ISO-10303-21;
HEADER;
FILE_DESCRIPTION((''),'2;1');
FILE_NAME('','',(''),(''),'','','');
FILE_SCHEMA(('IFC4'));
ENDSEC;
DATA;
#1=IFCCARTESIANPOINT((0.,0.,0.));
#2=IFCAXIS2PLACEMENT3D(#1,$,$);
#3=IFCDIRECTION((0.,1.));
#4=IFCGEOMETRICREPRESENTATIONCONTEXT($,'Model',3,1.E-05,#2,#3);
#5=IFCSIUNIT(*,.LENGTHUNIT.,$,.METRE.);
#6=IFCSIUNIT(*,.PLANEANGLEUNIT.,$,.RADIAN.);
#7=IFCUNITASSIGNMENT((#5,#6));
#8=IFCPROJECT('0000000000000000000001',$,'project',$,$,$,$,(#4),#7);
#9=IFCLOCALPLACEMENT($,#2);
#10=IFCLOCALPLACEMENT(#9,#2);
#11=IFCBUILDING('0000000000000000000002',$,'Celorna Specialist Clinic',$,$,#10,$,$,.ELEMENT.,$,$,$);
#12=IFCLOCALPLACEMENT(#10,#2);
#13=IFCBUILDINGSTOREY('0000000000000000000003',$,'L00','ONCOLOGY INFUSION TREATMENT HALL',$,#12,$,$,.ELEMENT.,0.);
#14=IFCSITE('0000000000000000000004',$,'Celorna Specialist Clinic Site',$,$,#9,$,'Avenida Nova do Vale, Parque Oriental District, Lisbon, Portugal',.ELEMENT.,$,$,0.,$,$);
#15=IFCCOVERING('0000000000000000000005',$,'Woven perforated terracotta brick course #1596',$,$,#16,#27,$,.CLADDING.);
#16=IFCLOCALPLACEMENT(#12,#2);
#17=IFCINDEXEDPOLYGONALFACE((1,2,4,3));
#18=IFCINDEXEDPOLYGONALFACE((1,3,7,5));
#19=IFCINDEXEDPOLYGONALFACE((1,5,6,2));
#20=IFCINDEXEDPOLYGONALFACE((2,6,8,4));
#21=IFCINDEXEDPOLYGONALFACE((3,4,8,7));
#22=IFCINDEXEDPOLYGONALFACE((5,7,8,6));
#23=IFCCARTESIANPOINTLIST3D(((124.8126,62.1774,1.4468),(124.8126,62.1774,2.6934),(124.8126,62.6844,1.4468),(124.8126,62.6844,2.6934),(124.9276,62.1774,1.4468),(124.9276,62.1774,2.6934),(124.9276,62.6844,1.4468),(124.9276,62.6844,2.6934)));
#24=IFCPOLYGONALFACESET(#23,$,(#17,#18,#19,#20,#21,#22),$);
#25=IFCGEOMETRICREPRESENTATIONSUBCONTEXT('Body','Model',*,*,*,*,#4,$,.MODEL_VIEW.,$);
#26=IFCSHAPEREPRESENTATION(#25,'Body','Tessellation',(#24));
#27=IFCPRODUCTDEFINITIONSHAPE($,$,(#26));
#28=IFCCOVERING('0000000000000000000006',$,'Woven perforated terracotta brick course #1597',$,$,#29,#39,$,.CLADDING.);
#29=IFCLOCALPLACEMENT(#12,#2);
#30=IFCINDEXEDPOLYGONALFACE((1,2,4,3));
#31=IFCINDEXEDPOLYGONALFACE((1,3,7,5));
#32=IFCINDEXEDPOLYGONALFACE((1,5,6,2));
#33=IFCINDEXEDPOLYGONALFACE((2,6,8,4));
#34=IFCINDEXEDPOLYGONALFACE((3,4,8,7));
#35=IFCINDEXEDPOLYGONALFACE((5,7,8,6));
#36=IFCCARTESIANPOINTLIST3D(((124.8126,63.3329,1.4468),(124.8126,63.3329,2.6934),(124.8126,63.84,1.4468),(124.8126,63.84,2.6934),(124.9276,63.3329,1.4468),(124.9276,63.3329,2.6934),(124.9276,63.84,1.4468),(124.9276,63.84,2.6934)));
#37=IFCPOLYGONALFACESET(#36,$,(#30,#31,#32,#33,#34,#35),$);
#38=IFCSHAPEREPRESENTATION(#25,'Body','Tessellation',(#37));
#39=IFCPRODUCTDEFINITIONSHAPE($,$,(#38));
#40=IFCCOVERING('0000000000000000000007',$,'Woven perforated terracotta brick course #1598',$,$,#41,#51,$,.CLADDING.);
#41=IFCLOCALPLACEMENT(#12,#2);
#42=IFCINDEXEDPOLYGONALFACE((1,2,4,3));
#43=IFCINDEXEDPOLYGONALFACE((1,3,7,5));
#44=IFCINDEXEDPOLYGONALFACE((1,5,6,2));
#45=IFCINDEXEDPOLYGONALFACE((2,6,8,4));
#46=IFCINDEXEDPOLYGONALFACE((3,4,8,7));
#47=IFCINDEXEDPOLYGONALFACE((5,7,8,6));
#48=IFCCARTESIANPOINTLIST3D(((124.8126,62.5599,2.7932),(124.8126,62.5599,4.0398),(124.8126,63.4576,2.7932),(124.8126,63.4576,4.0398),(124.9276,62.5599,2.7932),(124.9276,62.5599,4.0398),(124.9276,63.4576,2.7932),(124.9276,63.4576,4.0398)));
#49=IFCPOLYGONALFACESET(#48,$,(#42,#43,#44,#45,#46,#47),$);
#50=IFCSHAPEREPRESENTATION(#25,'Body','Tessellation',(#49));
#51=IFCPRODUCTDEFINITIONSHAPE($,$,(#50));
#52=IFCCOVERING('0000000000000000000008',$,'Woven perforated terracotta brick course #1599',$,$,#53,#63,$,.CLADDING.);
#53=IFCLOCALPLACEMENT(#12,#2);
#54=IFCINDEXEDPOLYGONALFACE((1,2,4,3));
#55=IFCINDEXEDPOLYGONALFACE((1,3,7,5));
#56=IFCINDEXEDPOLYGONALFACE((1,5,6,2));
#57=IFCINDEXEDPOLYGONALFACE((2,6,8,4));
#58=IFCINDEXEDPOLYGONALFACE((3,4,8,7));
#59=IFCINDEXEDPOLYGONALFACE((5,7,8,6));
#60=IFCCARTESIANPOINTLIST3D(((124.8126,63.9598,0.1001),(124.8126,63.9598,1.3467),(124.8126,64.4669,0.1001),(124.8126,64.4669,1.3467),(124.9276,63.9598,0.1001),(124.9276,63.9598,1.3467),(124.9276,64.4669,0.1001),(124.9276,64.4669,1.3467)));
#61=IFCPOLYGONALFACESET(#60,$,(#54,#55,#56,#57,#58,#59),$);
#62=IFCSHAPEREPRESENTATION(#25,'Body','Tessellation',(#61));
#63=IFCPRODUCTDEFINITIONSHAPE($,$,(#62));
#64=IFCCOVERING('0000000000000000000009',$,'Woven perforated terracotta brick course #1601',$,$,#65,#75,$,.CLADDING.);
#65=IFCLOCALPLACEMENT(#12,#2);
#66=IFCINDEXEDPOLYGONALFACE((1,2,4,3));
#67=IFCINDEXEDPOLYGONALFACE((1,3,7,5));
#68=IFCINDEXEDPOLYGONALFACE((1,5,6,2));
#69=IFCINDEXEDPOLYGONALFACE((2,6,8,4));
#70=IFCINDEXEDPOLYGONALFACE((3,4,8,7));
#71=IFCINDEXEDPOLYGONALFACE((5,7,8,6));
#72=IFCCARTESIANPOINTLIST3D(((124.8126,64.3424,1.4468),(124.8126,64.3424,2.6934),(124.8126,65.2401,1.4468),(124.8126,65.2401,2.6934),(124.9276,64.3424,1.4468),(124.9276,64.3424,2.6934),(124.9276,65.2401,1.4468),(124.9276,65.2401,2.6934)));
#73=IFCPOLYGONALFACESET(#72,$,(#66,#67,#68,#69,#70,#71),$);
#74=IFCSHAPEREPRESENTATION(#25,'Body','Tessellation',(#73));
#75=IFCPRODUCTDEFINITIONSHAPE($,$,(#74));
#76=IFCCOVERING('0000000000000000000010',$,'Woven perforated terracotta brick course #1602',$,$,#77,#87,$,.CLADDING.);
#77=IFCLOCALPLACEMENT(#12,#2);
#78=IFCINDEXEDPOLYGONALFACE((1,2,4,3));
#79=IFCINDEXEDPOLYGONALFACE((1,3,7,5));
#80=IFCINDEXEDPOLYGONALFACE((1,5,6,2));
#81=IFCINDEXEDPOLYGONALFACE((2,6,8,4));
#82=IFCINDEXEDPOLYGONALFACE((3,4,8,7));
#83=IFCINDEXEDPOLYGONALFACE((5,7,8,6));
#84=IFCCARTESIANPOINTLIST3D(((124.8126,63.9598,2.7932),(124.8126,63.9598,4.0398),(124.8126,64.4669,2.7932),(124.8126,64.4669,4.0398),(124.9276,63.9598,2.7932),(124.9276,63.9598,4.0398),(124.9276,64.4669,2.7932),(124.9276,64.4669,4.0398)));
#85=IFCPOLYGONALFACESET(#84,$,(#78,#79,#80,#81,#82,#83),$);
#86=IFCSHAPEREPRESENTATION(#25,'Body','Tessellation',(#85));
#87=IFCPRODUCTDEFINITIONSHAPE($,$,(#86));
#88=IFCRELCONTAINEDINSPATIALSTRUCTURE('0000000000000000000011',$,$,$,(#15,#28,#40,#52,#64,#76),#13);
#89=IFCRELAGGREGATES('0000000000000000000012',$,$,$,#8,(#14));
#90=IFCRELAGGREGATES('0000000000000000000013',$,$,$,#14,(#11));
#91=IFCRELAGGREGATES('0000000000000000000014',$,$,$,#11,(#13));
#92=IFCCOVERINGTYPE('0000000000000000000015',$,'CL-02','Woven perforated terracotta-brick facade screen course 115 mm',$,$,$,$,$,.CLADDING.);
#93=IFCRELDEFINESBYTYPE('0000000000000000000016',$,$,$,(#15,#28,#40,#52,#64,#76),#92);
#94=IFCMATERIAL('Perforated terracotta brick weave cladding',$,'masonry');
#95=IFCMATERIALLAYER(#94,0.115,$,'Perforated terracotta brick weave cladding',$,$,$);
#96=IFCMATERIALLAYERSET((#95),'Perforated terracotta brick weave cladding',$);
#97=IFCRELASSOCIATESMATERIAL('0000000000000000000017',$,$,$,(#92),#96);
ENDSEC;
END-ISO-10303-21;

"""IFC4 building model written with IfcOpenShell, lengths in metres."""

from ifc_helpers import new_model, si_unit, direction, frame, origin, origin_2d, place, context, subcontext, project, spatial, rectangle, extrude, material, layer, layer_set, type_object, element, save


model = new_model("IFC4")

# Units and contexts
model_context = context("Model", 3, precision=1e-05, world=origin(), true_north=direction((0.0, 1.0)))
body_context = subcontext(model_context, "Body", "Model", "MODEL_VIEW")
ifc_project = project(units=[si_unit("LENGTHUNIT", "METRE"), si_unit("PLANEANGLEUNIT", "RADIAN")], contexts=[model_context])

# Site, building, storey
site_placement = place(None, origin())
site = spatial("IfcSite", under=ifc_project, at=site_placement, Name="Celorna Specialist Clinic Site", LongName="Avenida Nova do Vale, Parque Oriental District, Lisbon, Portugal", CompositionType="ELEMENT", RefElevation=0.0)
building_placement = place(site_placement, origin())
building = spatial("IfcBuilding", under=site, at=building_placement, Name="Celorna Specialist Clinic", CompositionType="ELEMENT")
storey_placement = place(building_placement, origin())
storey = spatial("IfcBuildingStorey", under=building, at=storey_placement, Name="L00", Description="ONCOLOGY INFUSION TREATMENT HALL", CompositionType="ELEMENT", Elevation=0.0)

# Coverings
ifc_material_1 = material(Name="Perforated terracotta brick weave cladding", Category="masonry")
ifc_layer_1 = layer(ifc_material_1, 0.115, Name="Perforated terracotta brick weave cladding")
ifc_layer_set_1 = layer_set([ifc_layer_1], Name="Perforated terracotta brick weave cladding")
covering_type = type_object("IfcCoveringType", Name="CL-02", Description="Woven perforated terracotta-brick facade screen course 115 mm", PredefinedType="CLADDING", material=ifc_layer_set_1)
for number, where, z_axis, x_axis, name in (
    (1, (124.8701, 62.4309, 1.4468), (0.0, 0.0, 1.0), (0.0, 1.0, 0.0), "Woven perforated terracotta brick course #1596"),
    (2, (124.8701, 63.5864, 1.4468), (0.0, 0.0, 1.0), (0.0, 1.0, 0.0), "Woven perforated terracotta brick course #1597"),
):
    element("IfcCovering", number, at=place(storey_placement, frame(where, z_axis=z_axis, x_axis=x_axis)), inside=storey, type_object=covering_type, Name=name, PredefinedType="CLADDING", context=body_context, shape_type="SweptSolid", body=[
        extrude(rectangle(XDim=0.5071, YDim=0.115, at=origin_2d()), origin(), (0.0, 0.0, 1.0), 1.2466),
    ])
covering_1_placement = place(storey_placement, frame((124.8701, 63.0088, 2.7932), z_axis=(0.0, 0.0, 1.0), x_axis=(0.0, 1.0, 0.0)))
element("IfcCovering", 3, at=covering_1_placement, inside=storey, type_object=covering_type, Name="Woven perforated terracotta brick course #1598", PredefinedType="CLADDING", context=body_context, shape_type="SweptSolid", body=[
    extrude(rectangle(XDim=0.8977, YDim=0.115, at=origin_2d()), origin(), (0.0, 0.0, 1.0), 1.2466),
])
covering_2_placement = place(storey_placement, frame((124.8701, 64.2134, 0.1001), z_axis=(0.0, 0.0, 1.0), x_axis=(0.0, 1.0, 0.0)))
element("IfcCovering", 4, at=covering_2_placement, inside=storey, type_object=covering_type, Name="Woven perforated terracotta brick course #1599", PredefinedType="CLADDING", context=body_context, shape_type="SweptSolid", body=[
    extrude(rectangle(XDim=0.5071, YDim=0.115, at=origin_2d()), origin(), (0.0, 0.0, 1.0), 1.2466),
])
covering_3_placement = place(storey_placement, frame((124.8701, 64.7913, 1.4468), z_axis=(0.0, 0.0, 1.0), x_axis=(0.0, 1.0, 0.0)))
element("IfcCovering", 5, at=covering_3_placement, inside=storey, type_object=covering_type, Name="Woven perforated terracotta brick course #1601", PredefinedType="CLADDING", context=body_context, shape_type="SweptSolid", body=[
    extrude(rectangle(XDim=0.8977, YDim=0.115, at=origin_2d()), origin(), (0.0, 0.0, 1.0), 1.2466),
])
covering_4_placement = place(storey_placement, frame((124.8701, 64.2134, 2.7932), z_axis=(0.0, 0.0, 1.0), x_axis=(0.0, 1.0, 0.0)))
element("IfcCovering", 6, at=covering_4_placement, inside=storey, type_object=covering_type, Name="Woven perforated terracotta brick course #1602", PredefinedType="CLADDING", context=body_context, shape_type="SweptSolid", body=[
    extrude(rectangle(XDim=0.5071, YDim=0.115, at=origin_2d()), origin(), (0.0, 0.0, 1.0), 1.2466),
])

save(model, "model.ifc")
